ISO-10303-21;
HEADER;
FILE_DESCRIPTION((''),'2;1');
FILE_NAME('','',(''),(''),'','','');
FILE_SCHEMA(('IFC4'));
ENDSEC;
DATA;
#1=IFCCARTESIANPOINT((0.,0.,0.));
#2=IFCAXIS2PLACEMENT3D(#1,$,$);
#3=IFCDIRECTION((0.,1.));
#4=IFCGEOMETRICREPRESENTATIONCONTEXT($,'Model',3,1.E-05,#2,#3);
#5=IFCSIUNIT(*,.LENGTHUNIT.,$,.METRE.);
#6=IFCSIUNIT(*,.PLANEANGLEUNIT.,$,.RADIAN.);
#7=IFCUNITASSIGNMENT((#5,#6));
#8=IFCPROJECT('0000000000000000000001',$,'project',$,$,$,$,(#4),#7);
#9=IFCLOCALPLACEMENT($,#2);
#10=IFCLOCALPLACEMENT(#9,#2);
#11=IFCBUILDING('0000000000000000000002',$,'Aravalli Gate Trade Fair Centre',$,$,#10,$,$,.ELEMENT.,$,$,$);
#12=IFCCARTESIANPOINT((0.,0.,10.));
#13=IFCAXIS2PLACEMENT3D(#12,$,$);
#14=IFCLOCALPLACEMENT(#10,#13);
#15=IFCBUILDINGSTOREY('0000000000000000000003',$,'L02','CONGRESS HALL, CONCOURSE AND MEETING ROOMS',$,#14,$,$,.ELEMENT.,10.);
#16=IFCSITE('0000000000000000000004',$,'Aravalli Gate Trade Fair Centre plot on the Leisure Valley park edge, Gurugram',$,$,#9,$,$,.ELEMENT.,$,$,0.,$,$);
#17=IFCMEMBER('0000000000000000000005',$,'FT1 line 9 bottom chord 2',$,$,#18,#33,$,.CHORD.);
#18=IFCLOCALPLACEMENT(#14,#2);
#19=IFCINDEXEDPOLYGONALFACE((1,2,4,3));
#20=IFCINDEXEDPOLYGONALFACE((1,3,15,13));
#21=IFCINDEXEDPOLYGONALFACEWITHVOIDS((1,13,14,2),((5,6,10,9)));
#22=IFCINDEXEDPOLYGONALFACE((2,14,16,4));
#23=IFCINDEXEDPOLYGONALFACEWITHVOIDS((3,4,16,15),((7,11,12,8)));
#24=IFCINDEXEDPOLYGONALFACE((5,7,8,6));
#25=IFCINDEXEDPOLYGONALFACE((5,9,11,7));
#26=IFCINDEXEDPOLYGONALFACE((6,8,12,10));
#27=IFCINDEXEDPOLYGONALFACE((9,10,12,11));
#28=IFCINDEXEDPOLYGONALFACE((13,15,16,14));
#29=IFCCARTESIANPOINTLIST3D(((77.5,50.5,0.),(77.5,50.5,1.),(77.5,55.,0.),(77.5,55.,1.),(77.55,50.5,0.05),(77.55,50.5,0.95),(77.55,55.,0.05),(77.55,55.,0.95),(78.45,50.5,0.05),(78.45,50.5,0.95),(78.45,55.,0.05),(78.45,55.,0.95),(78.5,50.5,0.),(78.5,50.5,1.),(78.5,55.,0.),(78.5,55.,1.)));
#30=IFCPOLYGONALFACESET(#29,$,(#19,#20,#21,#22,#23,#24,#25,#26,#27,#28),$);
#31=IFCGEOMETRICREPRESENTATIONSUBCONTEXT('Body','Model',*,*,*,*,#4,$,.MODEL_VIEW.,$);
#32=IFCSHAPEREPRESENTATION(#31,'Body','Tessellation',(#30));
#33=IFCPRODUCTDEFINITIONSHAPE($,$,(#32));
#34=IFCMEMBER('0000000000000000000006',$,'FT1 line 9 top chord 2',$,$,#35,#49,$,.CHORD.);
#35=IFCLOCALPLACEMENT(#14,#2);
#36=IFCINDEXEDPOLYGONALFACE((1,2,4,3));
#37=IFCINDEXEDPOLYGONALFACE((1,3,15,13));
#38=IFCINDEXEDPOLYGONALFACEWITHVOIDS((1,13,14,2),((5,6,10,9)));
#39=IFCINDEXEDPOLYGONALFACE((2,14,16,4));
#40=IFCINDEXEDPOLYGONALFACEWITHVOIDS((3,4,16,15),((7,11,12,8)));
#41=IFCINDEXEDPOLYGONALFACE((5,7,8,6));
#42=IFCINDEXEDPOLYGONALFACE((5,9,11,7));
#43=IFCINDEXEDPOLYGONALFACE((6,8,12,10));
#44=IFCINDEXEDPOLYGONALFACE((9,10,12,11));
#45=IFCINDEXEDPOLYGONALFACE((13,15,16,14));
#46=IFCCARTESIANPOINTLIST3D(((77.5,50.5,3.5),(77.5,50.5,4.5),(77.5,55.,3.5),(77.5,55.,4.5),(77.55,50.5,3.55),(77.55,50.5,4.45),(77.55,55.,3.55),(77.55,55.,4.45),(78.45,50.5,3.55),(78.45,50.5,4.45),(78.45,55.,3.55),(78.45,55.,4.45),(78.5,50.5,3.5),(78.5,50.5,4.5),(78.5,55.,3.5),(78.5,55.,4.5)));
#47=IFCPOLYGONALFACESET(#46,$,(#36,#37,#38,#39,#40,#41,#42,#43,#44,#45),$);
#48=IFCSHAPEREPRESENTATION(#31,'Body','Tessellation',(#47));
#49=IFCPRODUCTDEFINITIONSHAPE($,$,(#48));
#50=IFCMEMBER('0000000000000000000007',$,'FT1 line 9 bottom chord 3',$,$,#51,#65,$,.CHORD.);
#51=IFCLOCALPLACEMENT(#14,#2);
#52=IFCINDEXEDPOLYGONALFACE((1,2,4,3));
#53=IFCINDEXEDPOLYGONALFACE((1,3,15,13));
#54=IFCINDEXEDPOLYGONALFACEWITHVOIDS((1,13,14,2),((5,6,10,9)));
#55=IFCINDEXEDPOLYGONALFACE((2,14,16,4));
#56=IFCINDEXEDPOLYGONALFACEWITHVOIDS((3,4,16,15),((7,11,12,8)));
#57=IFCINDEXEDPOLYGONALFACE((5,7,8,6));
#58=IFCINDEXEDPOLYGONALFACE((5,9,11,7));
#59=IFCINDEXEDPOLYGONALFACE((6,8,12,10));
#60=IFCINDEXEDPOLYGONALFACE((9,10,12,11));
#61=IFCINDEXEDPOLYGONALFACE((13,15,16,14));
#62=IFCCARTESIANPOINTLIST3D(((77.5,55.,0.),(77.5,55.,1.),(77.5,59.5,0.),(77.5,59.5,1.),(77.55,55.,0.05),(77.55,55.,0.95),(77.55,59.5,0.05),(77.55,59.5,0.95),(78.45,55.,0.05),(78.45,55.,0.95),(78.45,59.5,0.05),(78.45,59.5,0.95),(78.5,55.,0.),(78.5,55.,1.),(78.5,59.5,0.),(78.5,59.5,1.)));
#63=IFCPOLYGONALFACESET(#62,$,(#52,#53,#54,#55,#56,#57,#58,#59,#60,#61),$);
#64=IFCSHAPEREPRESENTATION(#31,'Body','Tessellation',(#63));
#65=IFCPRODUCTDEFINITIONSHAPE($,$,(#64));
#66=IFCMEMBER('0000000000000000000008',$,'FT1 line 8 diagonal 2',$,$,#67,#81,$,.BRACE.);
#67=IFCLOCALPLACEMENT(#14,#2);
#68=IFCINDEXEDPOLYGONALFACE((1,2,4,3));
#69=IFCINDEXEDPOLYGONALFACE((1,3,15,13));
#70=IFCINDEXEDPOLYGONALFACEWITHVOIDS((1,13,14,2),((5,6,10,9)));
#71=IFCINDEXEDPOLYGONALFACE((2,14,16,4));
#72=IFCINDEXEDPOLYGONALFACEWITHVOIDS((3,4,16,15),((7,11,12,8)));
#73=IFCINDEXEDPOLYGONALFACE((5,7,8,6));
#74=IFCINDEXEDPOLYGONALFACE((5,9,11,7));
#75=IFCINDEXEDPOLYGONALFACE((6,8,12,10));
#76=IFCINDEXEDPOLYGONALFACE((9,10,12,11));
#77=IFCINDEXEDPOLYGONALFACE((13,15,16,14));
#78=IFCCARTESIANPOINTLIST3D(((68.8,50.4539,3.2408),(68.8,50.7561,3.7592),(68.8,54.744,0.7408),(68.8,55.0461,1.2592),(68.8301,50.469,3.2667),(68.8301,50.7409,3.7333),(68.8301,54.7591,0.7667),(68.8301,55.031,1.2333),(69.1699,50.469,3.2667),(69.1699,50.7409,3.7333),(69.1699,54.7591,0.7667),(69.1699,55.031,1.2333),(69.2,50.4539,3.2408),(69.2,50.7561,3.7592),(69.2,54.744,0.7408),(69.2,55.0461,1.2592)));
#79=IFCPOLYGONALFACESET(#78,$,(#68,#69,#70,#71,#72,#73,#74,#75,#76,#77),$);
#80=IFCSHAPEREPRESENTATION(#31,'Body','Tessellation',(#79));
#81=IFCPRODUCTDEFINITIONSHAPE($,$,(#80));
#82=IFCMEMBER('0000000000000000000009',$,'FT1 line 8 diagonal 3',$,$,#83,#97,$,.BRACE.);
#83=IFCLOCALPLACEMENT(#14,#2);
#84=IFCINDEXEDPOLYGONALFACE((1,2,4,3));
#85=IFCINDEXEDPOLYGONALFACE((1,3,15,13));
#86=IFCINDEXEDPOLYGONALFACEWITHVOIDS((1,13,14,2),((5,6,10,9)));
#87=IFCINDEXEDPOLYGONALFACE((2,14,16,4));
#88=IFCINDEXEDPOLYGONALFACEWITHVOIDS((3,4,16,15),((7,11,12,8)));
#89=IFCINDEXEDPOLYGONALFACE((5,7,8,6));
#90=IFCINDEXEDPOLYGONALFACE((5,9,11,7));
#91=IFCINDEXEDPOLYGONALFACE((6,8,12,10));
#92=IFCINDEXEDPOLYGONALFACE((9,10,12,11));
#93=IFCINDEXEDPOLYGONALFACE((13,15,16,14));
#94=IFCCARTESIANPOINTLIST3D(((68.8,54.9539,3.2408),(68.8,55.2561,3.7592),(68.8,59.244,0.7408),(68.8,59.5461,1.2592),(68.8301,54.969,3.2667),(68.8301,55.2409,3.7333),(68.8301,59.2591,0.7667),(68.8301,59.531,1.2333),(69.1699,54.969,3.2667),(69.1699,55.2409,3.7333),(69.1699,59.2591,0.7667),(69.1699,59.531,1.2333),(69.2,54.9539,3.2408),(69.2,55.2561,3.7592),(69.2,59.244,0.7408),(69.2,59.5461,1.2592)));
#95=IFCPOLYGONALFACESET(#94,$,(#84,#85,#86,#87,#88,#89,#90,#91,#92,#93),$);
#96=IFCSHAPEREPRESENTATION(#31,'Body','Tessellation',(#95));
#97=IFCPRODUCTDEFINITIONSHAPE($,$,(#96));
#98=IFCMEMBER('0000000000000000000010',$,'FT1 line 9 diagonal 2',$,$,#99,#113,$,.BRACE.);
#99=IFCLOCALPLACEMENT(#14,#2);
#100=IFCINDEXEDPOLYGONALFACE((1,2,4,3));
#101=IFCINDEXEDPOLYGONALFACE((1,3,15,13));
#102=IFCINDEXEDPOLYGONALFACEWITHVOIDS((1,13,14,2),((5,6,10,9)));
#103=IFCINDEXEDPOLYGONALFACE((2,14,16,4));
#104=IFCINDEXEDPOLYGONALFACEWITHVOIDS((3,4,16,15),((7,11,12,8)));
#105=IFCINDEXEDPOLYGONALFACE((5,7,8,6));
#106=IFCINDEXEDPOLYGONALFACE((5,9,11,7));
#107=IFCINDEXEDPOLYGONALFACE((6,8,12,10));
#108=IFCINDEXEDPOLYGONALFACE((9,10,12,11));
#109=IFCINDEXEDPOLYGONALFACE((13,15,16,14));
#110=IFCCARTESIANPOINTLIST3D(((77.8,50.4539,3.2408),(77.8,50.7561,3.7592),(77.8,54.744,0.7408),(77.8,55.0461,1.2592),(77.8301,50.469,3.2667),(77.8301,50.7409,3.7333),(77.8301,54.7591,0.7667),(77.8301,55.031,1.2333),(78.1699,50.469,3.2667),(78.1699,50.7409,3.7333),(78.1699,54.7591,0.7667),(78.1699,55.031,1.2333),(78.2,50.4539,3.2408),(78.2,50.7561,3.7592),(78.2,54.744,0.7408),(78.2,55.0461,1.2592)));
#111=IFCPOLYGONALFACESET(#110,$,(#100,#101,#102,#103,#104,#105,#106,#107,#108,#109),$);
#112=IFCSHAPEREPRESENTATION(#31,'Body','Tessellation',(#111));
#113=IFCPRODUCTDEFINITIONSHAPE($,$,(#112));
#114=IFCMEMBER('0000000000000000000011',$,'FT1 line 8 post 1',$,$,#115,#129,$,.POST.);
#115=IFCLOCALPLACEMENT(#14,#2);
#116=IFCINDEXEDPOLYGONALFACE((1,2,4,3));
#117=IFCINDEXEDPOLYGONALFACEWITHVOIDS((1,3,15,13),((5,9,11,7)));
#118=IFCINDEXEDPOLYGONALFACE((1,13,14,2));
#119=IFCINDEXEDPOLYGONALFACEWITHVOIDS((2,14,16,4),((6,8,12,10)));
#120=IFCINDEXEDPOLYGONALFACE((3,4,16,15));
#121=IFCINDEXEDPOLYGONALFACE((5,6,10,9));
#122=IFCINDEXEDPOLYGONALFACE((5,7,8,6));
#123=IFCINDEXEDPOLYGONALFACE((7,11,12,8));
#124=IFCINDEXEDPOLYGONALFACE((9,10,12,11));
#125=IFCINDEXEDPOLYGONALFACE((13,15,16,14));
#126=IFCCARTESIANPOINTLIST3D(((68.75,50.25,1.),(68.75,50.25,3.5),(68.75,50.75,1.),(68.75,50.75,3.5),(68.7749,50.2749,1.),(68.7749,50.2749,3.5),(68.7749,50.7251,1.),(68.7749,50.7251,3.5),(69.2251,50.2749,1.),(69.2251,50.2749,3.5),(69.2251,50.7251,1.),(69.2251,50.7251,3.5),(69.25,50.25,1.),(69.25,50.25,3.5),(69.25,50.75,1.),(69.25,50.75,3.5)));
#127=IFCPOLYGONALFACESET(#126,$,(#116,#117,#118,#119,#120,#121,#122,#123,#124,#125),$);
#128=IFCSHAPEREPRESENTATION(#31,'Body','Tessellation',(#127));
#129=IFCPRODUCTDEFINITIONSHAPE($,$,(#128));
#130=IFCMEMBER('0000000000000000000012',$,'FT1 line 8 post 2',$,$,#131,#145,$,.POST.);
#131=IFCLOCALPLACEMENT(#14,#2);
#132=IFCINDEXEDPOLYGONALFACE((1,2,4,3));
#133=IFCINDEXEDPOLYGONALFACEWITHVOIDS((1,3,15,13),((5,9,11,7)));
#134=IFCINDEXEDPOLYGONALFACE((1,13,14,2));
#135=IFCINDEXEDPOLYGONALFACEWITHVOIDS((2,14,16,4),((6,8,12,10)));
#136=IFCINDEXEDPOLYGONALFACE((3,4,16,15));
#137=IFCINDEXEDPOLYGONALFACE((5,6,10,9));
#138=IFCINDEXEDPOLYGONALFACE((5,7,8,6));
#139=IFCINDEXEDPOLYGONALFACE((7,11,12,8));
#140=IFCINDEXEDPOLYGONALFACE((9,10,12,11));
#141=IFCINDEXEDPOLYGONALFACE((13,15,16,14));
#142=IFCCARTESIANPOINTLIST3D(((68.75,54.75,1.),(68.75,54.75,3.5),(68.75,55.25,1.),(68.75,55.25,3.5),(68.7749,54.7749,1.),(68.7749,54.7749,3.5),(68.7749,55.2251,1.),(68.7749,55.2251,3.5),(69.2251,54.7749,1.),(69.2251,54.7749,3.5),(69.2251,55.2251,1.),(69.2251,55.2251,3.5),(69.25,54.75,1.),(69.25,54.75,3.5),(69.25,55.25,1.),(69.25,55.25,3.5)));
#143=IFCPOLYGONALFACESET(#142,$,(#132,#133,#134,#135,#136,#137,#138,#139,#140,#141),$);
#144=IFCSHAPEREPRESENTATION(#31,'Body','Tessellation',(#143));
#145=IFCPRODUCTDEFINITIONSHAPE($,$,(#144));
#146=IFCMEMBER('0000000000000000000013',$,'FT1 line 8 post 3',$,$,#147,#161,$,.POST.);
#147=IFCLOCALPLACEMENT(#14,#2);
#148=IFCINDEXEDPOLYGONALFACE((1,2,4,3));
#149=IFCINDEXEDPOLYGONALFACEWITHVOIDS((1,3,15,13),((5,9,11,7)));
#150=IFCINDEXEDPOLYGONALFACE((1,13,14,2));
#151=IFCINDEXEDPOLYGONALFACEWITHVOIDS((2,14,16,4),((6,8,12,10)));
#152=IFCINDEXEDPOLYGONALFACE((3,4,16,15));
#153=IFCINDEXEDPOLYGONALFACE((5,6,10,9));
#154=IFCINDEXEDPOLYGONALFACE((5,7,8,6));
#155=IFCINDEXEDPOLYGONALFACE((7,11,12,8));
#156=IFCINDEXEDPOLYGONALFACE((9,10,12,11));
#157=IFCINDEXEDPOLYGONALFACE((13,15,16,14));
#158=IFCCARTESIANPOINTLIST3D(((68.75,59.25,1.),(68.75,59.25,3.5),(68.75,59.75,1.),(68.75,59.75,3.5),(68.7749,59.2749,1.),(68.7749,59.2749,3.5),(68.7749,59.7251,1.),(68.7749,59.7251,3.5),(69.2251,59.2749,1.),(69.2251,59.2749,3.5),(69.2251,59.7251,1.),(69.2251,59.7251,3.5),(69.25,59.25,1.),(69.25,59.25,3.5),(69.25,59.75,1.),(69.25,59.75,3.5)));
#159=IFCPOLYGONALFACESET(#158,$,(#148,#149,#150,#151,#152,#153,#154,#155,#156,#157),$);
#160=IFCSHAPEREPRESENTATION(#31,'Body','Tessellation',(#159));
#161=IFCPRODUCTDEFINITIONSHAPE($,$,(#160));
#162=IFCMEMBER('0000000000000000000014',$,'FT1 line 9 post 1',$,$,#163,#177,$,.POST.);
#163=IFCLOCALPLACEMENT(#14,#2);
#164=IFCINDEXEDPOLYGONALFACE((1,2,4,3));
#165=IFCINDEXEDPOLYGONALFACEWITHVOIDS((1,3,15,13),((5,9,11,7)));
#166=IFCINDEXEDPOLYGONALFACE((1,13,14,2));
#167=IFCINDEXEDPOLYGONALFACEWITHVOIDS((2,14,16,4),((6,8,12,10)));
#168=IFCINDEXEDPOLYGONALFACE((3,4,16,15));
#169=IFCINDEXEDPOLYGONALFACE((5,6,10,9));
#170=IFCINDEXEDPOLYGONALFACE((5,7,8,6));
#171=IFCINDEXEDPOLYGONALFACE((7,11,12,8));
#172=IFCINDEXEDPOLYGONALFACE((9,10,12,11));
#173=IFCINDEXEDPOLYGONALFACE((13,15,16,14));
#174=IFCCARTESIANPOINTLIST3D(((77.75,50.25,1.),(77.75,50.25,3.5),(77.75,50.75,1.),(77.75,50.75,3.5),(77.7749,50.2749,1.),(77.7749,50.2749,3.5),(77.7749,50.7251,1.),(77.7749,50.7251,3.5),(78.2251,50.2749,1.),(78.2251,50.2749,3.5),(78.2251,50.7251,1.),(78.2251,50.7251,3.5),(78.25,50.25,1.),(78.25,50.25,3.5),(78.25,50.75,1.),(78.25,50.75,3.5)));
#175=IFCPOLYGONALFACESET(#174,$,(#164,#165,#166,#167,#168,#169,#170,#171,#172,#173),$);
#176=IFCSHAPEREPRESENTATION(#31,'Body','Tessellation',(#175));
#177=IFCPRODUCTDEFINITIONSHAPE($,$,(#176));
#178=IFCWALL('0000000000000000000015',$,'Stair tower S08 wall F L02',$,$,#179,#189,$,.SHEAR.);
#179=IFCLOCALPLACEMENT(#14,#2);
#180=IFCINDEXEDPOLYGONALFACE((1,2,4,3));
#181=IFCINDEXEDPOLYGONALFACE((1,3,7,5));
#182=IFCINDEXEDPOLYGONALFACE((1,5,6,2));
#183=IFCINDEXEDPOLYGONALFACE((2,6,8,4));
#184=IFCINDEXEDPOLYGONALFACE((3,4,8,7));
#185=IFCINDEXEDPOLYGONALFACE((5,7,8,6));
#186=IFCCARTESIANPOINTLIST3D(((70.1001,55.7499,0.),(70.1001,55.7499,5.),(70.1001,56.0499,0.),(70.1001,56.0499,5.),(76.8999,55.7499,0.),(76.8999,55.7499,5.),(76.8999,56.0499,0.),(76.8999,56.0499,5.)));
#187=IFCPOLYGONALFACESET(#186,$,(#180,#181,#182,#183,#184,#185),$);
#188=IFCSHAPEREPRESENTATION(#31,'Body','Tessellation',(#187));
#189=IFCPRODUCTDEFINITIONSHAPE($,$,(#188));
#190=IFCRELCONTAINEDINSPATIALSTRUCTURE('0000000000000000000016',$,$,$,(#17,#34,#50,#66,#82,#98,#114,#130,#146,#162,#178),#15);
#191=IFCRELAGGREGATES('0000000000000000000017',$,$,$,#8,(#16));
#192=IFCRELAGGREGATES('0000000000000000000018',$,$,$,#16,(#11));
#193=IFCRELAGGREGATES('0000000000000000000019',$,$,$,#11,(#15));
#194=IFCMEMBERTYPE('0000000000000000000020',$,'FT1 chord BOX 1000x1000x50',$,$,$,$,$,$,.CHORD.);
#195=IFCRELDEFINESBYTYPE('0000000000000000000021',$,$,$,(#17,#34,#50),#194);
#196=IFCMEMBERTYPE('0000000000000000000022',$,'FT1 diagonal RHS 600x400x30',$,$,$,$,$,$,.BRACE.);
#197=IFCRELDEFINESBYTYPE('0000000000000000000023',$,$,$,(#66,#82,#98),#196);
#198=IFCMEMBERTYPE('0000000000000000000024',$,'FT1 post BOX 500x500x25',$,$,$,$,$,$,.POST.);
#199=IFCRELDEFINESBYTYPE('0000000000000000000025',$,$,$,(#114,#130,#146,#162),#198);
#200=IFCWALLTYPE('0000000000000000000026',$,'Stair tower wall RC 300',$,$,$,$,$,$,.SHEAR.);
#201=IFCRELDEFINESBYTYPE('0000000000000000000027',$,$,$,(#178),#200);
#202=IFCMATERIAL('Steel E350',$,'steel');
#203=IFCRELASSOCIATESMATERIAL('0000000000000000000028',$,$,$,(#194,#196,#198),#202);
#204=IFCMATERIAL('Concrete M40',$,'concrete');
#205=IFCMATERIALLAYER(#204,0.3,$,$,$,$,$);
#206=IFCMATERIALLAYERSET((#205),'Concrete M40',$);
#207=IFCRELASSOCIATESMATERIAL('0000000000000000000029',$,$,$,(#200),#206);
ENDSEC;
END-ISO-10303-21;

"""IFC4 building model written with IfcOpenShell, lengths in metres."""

from ifc_helpers import new_model, si_unit, direction, frame, frame_2d, origin, origin_2d, place, context, subcontext, project, spatial, rectangle, hollow_rectangle, extrude, material, layer, layer_set, material_profile, profile_set, type_object, element, save


model = new_model("IFC4")

# Units and contexts
model_context = context("Model", 3, precision=1e-05, world=origin(), true_north=direction((0.0, 1.0)))
body_context = subcontext(model_context, "Body", "Model", "MODEL_VIEW")
ifc_project = project(units=[si_unit("LENGTHUNIT", "METRE"), si_unit("PLANEANGLEUNIT", "RADIAN")], contexts=[model_context])

# Site, building, storey
site_placement = place(None, origin())
site = spatial("IfcSite", under=ifc_project, at=site_placement, Name="Aravalli Gate Trade Fair Centre plot on the Leisure Valley park edge, Gurugram", CompositionType="ELEMENT", RefElevation=0.0)
building_placement = place(site_placement, origin())
building = spatial("IfcBuilding", under=site, at=building_placement, Name="Aravalli Gate Trade Fair Centre", CompositionType="ELEMENT")
storey_placement = place(building_placement, frame((0.0, 0.0, 10.0)))
storey = spatial("IfcBuildingStorey", under=building, at=storey_placement, Name="L02", Description="CONGRESS HALL, CONCOURSE AND MEETING ROOMS", CompositionType="ELEMENT", Elevation=10.0)

# Members
ifc_material_1 = material(Name="Steel E350", Category="steel")
ifc_material_profile_1 = material_profile(ifc_material_1, hollow_rectangle(XDim=1.0, YDim=1.0, WallThickness=0.05, at=origin_2d()), Name="BOX 1000x1000x50")
ifc_profile_set_1 = profile_set([ifc_material_profile_1], Name="Steel E350")
member_type_1 = type_object("IfcMemberType", Name="FT1 chord BOX 1000x1000x50", PredefinedType="CHORD", material=ifc_profile_set_1)
for number, where, z_axis, x_axis, name in (
    (1, (78.0, 50.5, 0.5), (0.0, 1.0, 0.0), (-1.0, 0.0, 0.0), "FT1 line 9 bottom chord 2"),
    (2, (78.0, 50.5, 4.0), (0.0, 1.0, 0.0), (-1.0, 0.0, 0.0), "FT1 line 9 top chord 2"),
    (3, (78.0, 55.0, 0.5), (0.0, 1.0, 0.0), (-1.0, 0.0, 0.0), "FT1 line 9 bottom chord 3"),
):
    element("IfcMember", number, at=place(storey_placement, frame(where, z_axis=z_axis, x_axis=x_axis)), inside=storey, type_object=member_type_1, Name=name, PredefinedType="CHORD", context=body_context, shape_type="SweptSolid", body=[
        extrude(hollow_rectangle(XDim=1.0, YDim=1.0, WallThickness=0.05, at=origin_2d()), origin(), (0.0, 0.0, 1.0), 4.5),
    ])
ifc_material_profile_2 = material_profile(ifc_material_1, hollow_rectangle(XDim=0.3999, YDim=0.6001, WallThickness=0.03, at=origin_2d()), Name="RHS 600x400x30")
ifc_profile_set_2 = profile_set([ifc_material_profile_2], Name="Steel E350")
member_type_2 = type_object("IfcMemberType", Name="FT1 diagonal RHS 600x400x30", PredefinedType="BRACE", material=ifc_profile_set_2)
for number, where, z_axis, x_axis, name in (
    (4, (69.0, 50.605, 3.5), (0.0, 0.864, -0.503492), (-1.0, 0.0, 0.0), "FT1 line 8 diagonal 2"),
    (5, (69.0, 55.105, 3.5), (0.0, 0.864, -0.503492), (-1.0, 0.0, 0.0), "FT1 line 8 diagonal 3"),
    (6, (78.0, 50.605, 3.5), (0.0, 0.864, -0.503492), (-1.0, 0.0, 0.0), "FT1 line 9 diagonal 2"),
):
    element("IfcMember", number, at=place(storey_placement, frame(where, z_axis=z_axis, x_axis=x_axis)), inside=storey, type_object=member_type_2, Name=name, PredefinedType="BRACE", context=body_context, shape_type="SweptSolid", body=[
        extrude(hollow_rectangle(XDim=0.3999, YDim=0.6001, WallThickness=0.03, at=origin_2d()), origin(), (0.0, 0.0, 1.0), 4.9653),
    ])
ifc_material_profile_3 = material_profile(ifc_material_1, hollow_rectangle(XDim=0.5, YDim=0.5, WallThickness=0.0249, at=origin_2d()), Name="BOX 500x500x25")
ifc_profile_set_3 = profile_set([ifc_material_profile_3], Name="Steel E350")
member_type_3 = type_object("IfcMemberType", Name="FT1 post BOX 500x500x25", PredefinedType="POST", material=ifc_profile_set_3)
for number, where, z_axis, x_axis, name in (
    (7, (69.0, 50.5, 1.0), (0.0, 0.0, 1.0), (1.0, 0.0, 0.0), "FT1 line 8 post 1"),
    (8, (69.0, 55.0, 1.0), (0.0, 0.0, 1.0), (1.0, 0.0, 0.0), "FT1 line 8 post 2"),
    (9, (69.0, 59.5, 1.0), (0.0, 0.0, 1.0), (1.0, 0.0, 0.0), "FT1 line 8 post 3"),
    (10, (78.0, 50.5, 1.0), (0.0, 0.0, 1.0), (1.0, 0.0, 0.0), "FT1 line 9 post 1"),
):
    element("IfcMember", number, at=place(storey_placement, frame(where, z_axis=z_axis, x_axis=x_axis)), inside=storey, type_object=member_type_3, Name=name, PredefinedType="POST", context=body_context, shape_type="SweptSolid", body=[
        extrude(hollow_rectangle(XDim=0.5, YDim=0.5, WallThickness=0.0249, at=origin_2d()), origin(), (0.0, 0.0, 1.0), 2.5),
    ])

# Wall
ifc_material_2 = material(Name="Concrete M40", Category="concrete")
ifc_layer_1 = layer(ifc_material_2, 0.3)
ifc_layer_set_1 = layer_set([ifc_layer_1], Name="Concrete M40")
wall_type = type_object("IfcWallType", Name="Stair tower wall RC 300", PredefinedType="SHEAR", material=ifc_layer_set_1)
wall_placement = place(storey_placement, frame((70.1001, 55.8999, 0.0), z_axis=(0.0, 0.0, 1.0), x_axis=(1.0, 0.0, 0.0)))
element("IfcWall", 11, at=wall_placement, inside=storey, type_object=wall_type, Name="Stair tower S08 wall F L02", PredefinedType="SHEAR", context=body_context, shape_type="SweptSolid", body=[
    extrude(rectangle(XDim=6.7998, YDim=0.3, at=frame_2d((3.3999, 0.0))), origin(), (0.0, 0.0, 1.0), 5.0),
])

save(model, "model.ifc")
